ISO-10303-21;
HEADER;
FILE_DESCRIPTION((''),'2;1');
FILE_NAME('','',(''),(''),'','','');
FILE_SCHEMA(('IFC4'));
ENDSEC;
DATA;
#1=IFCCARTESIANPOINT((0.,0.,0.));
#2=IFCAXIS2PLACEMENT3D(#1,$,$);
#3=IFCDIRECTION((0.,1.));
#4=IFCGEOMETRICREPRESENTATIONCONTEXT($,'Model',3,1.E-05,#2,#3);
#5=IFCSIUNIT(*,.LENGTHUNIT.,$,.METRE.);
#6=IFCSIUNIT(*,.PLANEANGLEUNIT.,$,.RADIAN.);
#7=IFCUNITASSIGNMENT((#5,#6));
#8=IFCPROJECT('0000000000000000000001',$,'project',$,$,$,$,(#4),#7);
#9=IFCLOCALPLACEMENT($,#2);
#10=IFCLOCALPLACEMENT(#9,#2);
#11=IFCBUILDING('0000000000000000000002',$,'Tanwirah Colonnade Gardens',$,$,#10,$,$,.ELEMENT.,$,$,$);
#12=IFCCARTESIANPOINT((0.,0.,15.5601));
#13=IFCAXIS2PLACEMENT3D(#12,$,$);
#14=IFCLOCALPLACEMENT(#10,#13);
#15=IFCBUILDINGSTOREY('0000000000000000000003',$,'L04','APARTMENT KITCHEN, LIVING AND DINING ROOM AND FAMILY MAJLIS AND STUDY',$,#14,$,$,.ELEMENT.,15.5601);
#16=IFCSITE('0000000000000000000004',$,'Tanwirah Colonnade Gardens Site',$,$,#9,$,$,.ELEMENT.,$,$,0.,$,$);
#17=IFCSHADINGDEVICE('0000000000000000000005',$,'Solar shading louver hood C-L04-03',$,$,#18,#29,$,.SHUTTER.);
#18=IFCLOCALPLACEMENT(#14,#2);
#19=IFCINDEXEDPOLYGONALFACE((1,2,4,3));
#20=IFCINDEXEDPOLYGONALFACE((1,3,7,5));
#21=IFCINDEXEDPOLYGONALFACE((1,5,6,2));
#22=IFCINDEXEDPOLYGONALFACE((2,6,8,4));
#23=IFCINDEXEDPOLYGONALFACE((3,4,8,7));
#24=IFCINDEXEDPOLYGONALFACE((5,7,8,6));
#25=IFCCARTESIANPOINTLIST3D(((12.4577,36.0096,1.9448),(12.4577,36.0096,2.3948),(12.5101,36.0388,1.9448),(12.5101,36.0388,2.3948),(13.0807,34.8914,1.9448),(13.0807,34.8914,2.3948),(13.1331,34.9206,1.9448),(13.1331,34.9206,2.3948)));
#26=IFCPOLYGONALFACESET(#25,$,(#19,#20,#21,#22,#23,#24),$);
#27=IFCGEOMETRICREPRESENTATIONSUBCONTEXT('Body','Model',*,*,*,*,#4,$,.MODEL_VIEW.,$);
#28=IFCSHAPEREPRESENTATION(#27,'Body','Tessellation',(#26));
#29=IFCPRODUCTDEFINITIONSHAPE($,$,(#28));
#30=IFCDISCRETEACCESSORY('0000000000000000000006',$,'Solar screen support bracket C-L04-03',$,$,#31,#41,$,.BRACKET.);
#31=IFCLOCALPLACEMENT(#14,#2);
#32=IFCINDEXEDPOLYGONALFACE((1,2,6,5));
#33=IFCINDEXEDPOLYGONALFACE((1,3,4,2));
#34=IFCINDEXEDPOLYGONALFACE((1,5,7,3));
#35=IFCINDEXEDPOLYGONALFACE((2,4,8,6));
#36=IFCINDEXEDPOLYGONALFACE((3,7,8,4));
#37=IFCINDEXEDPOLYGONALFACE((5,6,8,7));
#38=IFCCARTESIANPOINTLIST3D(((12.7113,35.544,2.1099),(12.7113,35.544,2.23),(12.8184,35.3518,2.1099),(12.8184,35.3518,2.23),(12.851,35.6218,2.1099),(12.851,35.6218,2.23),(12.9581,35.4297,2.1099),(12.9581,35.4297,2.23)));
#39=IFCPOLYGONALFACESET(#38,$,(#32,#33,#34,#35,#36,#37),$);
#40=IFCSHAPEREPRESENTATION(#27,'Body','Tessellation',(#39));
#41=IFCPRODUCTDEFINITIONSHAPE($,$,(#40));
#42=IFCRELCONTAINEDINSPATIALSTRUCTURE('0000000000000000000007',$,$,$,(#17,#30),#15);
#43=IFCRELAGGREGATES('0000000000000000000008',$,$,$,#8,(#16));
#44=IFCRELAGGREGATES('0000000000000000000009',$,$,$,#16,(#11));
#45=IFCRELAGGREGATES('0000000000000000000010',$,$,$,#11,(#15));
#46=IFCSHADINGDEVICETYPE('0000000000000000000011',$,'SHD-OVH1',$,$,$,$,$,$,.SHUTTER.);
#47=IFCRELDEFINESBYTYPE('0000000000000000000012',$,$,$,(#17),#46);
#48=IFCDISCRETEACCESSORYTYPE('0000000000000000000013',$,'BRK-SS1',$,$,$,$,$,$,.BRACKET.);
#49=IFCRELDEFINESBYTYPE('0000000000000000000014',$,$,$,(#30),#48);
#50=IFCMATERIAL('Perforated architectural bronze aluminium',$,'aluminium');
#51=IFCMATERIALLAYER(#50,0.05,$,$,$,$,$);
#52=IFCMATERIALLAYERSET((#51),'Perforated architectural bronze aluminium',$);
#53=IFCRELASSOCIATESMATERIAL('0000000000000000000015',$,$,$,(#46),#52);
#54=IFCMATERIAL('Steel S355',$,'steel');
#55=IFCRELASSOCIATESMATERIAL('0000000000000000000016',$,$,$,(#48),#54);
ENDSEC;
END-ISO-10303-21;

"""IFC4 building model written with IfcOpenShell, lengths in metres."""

from ifc_helpers import new_model, si_unit, direction, frame, origin, origin_2d, place, context, subcontext, project, spatial, rectangle, extrude, material, layer, layer_set, type_object, element, save


model = new_model("IFC4")

# Units and contexts
model_context = context("Model", 3, precision=1e-05, world=origin(), true_north=direction((0.0, 1.0)))
body_context = subcontext(model_context, "Body", "Model", "MODEL_VIEW")
ifc_project = project(units=[si_unit("LENGTHUNIT", "METRE"), si_unit("PLANEANGLEUNIT", "RADIAN")], contexts=[model_context])

# Site, building, storey
site_placement = place(None, origin())
site = spatial("IfcSite", under=ifc_project, at=site_placement, Name="Tanwirah Colonnade Gardens Site", CompositionType="ELEMENT", RefElevation=0.0)
building_placement = place(site_placement, origin())
building = spatial("IfcBuilding", under=site, at=building_placement, Name="Tanwirah Colonnade Gardens", CompositionType="ELEMENT")
storey_placement = place(building_placement, frame((0.0, 0.0, 15.5601)))
storey = spatial("IfcBuildingStorey", under=building, at=storey_placement, Name="L04", Description="APARTMENT KITCHEN, LIVING AND DINING ROOM AND FAMILY MAJLIS AND STUDY", CompositionType="ELEMENT", Elevation=15.5601)

# Shading device
ifc_material_1 = material(Name="Perforated architectural bronze aluminium", Category="aluminium")
ifc_layer_1 = layer(ifc_material_1, 0.05)
ifc_layer_set_1 = layer_set([ifc_layer_1], Name="Perforated architectural bronze aluminium")
shading_device_type = type_object("IfcShadingDeviceType", Name="SHD-OVH1", PredefinedType="SHUTTER", material=ifc_layer_set_1)
shading_device_placement = place(storey_placement, frame((12.7954, 35.4651, 1.9448), z_axis=(0.0, 0.0, 1.0), x_axis=(0.486717, -0.873559, 0.0)))
element("IfcShadingDevice", 1, at=shading_device_placement, inside=storey, type_object=shading_device_type, Name="Solar shading louver hood C-L04-03", PredefinedType="SHUTTER", context=body_context, shape_type="SweptSolid", body=[
    extrude(rectangle(XDim=1.28, YDim=0.0601, at=origin_2d()), origin(), (0.0, 0.0, 1.0), 0.45),
])

# Discrete accessory
ifc_material_2 = material(Name="Steel S355", Category="steel")
discrete_accessory_type = type_object("IfcDiscreteAccessoryType", Name="BRK-SS1", PredefinedType="BRACKET", material=ifc_material_2)
discrete_accessory_placement = place(storey_placement, frame((12.8347, 35.4868, 2.1099), z_axis=(0.0, 0.0, 1.0), x_axis=(0.486717, -0.873559, 0.0)))
element("IfcDiscreteAccessory", 2, at=discrete_accessory_placement, inside=storey, type_object=discrete_accessory_type, Name="Solar screen support bracket C-L04-03", PredefinedType="BRACKET", context=body_context, shape_type="SweptSolid", body=[
    extrude(rectangle(XDim=0.22, YDim=0.1599, at=origin_2d()), origin(), (0.0, 0.0, 1.0), 0.1201),
])

save(model, "model.ifc")
